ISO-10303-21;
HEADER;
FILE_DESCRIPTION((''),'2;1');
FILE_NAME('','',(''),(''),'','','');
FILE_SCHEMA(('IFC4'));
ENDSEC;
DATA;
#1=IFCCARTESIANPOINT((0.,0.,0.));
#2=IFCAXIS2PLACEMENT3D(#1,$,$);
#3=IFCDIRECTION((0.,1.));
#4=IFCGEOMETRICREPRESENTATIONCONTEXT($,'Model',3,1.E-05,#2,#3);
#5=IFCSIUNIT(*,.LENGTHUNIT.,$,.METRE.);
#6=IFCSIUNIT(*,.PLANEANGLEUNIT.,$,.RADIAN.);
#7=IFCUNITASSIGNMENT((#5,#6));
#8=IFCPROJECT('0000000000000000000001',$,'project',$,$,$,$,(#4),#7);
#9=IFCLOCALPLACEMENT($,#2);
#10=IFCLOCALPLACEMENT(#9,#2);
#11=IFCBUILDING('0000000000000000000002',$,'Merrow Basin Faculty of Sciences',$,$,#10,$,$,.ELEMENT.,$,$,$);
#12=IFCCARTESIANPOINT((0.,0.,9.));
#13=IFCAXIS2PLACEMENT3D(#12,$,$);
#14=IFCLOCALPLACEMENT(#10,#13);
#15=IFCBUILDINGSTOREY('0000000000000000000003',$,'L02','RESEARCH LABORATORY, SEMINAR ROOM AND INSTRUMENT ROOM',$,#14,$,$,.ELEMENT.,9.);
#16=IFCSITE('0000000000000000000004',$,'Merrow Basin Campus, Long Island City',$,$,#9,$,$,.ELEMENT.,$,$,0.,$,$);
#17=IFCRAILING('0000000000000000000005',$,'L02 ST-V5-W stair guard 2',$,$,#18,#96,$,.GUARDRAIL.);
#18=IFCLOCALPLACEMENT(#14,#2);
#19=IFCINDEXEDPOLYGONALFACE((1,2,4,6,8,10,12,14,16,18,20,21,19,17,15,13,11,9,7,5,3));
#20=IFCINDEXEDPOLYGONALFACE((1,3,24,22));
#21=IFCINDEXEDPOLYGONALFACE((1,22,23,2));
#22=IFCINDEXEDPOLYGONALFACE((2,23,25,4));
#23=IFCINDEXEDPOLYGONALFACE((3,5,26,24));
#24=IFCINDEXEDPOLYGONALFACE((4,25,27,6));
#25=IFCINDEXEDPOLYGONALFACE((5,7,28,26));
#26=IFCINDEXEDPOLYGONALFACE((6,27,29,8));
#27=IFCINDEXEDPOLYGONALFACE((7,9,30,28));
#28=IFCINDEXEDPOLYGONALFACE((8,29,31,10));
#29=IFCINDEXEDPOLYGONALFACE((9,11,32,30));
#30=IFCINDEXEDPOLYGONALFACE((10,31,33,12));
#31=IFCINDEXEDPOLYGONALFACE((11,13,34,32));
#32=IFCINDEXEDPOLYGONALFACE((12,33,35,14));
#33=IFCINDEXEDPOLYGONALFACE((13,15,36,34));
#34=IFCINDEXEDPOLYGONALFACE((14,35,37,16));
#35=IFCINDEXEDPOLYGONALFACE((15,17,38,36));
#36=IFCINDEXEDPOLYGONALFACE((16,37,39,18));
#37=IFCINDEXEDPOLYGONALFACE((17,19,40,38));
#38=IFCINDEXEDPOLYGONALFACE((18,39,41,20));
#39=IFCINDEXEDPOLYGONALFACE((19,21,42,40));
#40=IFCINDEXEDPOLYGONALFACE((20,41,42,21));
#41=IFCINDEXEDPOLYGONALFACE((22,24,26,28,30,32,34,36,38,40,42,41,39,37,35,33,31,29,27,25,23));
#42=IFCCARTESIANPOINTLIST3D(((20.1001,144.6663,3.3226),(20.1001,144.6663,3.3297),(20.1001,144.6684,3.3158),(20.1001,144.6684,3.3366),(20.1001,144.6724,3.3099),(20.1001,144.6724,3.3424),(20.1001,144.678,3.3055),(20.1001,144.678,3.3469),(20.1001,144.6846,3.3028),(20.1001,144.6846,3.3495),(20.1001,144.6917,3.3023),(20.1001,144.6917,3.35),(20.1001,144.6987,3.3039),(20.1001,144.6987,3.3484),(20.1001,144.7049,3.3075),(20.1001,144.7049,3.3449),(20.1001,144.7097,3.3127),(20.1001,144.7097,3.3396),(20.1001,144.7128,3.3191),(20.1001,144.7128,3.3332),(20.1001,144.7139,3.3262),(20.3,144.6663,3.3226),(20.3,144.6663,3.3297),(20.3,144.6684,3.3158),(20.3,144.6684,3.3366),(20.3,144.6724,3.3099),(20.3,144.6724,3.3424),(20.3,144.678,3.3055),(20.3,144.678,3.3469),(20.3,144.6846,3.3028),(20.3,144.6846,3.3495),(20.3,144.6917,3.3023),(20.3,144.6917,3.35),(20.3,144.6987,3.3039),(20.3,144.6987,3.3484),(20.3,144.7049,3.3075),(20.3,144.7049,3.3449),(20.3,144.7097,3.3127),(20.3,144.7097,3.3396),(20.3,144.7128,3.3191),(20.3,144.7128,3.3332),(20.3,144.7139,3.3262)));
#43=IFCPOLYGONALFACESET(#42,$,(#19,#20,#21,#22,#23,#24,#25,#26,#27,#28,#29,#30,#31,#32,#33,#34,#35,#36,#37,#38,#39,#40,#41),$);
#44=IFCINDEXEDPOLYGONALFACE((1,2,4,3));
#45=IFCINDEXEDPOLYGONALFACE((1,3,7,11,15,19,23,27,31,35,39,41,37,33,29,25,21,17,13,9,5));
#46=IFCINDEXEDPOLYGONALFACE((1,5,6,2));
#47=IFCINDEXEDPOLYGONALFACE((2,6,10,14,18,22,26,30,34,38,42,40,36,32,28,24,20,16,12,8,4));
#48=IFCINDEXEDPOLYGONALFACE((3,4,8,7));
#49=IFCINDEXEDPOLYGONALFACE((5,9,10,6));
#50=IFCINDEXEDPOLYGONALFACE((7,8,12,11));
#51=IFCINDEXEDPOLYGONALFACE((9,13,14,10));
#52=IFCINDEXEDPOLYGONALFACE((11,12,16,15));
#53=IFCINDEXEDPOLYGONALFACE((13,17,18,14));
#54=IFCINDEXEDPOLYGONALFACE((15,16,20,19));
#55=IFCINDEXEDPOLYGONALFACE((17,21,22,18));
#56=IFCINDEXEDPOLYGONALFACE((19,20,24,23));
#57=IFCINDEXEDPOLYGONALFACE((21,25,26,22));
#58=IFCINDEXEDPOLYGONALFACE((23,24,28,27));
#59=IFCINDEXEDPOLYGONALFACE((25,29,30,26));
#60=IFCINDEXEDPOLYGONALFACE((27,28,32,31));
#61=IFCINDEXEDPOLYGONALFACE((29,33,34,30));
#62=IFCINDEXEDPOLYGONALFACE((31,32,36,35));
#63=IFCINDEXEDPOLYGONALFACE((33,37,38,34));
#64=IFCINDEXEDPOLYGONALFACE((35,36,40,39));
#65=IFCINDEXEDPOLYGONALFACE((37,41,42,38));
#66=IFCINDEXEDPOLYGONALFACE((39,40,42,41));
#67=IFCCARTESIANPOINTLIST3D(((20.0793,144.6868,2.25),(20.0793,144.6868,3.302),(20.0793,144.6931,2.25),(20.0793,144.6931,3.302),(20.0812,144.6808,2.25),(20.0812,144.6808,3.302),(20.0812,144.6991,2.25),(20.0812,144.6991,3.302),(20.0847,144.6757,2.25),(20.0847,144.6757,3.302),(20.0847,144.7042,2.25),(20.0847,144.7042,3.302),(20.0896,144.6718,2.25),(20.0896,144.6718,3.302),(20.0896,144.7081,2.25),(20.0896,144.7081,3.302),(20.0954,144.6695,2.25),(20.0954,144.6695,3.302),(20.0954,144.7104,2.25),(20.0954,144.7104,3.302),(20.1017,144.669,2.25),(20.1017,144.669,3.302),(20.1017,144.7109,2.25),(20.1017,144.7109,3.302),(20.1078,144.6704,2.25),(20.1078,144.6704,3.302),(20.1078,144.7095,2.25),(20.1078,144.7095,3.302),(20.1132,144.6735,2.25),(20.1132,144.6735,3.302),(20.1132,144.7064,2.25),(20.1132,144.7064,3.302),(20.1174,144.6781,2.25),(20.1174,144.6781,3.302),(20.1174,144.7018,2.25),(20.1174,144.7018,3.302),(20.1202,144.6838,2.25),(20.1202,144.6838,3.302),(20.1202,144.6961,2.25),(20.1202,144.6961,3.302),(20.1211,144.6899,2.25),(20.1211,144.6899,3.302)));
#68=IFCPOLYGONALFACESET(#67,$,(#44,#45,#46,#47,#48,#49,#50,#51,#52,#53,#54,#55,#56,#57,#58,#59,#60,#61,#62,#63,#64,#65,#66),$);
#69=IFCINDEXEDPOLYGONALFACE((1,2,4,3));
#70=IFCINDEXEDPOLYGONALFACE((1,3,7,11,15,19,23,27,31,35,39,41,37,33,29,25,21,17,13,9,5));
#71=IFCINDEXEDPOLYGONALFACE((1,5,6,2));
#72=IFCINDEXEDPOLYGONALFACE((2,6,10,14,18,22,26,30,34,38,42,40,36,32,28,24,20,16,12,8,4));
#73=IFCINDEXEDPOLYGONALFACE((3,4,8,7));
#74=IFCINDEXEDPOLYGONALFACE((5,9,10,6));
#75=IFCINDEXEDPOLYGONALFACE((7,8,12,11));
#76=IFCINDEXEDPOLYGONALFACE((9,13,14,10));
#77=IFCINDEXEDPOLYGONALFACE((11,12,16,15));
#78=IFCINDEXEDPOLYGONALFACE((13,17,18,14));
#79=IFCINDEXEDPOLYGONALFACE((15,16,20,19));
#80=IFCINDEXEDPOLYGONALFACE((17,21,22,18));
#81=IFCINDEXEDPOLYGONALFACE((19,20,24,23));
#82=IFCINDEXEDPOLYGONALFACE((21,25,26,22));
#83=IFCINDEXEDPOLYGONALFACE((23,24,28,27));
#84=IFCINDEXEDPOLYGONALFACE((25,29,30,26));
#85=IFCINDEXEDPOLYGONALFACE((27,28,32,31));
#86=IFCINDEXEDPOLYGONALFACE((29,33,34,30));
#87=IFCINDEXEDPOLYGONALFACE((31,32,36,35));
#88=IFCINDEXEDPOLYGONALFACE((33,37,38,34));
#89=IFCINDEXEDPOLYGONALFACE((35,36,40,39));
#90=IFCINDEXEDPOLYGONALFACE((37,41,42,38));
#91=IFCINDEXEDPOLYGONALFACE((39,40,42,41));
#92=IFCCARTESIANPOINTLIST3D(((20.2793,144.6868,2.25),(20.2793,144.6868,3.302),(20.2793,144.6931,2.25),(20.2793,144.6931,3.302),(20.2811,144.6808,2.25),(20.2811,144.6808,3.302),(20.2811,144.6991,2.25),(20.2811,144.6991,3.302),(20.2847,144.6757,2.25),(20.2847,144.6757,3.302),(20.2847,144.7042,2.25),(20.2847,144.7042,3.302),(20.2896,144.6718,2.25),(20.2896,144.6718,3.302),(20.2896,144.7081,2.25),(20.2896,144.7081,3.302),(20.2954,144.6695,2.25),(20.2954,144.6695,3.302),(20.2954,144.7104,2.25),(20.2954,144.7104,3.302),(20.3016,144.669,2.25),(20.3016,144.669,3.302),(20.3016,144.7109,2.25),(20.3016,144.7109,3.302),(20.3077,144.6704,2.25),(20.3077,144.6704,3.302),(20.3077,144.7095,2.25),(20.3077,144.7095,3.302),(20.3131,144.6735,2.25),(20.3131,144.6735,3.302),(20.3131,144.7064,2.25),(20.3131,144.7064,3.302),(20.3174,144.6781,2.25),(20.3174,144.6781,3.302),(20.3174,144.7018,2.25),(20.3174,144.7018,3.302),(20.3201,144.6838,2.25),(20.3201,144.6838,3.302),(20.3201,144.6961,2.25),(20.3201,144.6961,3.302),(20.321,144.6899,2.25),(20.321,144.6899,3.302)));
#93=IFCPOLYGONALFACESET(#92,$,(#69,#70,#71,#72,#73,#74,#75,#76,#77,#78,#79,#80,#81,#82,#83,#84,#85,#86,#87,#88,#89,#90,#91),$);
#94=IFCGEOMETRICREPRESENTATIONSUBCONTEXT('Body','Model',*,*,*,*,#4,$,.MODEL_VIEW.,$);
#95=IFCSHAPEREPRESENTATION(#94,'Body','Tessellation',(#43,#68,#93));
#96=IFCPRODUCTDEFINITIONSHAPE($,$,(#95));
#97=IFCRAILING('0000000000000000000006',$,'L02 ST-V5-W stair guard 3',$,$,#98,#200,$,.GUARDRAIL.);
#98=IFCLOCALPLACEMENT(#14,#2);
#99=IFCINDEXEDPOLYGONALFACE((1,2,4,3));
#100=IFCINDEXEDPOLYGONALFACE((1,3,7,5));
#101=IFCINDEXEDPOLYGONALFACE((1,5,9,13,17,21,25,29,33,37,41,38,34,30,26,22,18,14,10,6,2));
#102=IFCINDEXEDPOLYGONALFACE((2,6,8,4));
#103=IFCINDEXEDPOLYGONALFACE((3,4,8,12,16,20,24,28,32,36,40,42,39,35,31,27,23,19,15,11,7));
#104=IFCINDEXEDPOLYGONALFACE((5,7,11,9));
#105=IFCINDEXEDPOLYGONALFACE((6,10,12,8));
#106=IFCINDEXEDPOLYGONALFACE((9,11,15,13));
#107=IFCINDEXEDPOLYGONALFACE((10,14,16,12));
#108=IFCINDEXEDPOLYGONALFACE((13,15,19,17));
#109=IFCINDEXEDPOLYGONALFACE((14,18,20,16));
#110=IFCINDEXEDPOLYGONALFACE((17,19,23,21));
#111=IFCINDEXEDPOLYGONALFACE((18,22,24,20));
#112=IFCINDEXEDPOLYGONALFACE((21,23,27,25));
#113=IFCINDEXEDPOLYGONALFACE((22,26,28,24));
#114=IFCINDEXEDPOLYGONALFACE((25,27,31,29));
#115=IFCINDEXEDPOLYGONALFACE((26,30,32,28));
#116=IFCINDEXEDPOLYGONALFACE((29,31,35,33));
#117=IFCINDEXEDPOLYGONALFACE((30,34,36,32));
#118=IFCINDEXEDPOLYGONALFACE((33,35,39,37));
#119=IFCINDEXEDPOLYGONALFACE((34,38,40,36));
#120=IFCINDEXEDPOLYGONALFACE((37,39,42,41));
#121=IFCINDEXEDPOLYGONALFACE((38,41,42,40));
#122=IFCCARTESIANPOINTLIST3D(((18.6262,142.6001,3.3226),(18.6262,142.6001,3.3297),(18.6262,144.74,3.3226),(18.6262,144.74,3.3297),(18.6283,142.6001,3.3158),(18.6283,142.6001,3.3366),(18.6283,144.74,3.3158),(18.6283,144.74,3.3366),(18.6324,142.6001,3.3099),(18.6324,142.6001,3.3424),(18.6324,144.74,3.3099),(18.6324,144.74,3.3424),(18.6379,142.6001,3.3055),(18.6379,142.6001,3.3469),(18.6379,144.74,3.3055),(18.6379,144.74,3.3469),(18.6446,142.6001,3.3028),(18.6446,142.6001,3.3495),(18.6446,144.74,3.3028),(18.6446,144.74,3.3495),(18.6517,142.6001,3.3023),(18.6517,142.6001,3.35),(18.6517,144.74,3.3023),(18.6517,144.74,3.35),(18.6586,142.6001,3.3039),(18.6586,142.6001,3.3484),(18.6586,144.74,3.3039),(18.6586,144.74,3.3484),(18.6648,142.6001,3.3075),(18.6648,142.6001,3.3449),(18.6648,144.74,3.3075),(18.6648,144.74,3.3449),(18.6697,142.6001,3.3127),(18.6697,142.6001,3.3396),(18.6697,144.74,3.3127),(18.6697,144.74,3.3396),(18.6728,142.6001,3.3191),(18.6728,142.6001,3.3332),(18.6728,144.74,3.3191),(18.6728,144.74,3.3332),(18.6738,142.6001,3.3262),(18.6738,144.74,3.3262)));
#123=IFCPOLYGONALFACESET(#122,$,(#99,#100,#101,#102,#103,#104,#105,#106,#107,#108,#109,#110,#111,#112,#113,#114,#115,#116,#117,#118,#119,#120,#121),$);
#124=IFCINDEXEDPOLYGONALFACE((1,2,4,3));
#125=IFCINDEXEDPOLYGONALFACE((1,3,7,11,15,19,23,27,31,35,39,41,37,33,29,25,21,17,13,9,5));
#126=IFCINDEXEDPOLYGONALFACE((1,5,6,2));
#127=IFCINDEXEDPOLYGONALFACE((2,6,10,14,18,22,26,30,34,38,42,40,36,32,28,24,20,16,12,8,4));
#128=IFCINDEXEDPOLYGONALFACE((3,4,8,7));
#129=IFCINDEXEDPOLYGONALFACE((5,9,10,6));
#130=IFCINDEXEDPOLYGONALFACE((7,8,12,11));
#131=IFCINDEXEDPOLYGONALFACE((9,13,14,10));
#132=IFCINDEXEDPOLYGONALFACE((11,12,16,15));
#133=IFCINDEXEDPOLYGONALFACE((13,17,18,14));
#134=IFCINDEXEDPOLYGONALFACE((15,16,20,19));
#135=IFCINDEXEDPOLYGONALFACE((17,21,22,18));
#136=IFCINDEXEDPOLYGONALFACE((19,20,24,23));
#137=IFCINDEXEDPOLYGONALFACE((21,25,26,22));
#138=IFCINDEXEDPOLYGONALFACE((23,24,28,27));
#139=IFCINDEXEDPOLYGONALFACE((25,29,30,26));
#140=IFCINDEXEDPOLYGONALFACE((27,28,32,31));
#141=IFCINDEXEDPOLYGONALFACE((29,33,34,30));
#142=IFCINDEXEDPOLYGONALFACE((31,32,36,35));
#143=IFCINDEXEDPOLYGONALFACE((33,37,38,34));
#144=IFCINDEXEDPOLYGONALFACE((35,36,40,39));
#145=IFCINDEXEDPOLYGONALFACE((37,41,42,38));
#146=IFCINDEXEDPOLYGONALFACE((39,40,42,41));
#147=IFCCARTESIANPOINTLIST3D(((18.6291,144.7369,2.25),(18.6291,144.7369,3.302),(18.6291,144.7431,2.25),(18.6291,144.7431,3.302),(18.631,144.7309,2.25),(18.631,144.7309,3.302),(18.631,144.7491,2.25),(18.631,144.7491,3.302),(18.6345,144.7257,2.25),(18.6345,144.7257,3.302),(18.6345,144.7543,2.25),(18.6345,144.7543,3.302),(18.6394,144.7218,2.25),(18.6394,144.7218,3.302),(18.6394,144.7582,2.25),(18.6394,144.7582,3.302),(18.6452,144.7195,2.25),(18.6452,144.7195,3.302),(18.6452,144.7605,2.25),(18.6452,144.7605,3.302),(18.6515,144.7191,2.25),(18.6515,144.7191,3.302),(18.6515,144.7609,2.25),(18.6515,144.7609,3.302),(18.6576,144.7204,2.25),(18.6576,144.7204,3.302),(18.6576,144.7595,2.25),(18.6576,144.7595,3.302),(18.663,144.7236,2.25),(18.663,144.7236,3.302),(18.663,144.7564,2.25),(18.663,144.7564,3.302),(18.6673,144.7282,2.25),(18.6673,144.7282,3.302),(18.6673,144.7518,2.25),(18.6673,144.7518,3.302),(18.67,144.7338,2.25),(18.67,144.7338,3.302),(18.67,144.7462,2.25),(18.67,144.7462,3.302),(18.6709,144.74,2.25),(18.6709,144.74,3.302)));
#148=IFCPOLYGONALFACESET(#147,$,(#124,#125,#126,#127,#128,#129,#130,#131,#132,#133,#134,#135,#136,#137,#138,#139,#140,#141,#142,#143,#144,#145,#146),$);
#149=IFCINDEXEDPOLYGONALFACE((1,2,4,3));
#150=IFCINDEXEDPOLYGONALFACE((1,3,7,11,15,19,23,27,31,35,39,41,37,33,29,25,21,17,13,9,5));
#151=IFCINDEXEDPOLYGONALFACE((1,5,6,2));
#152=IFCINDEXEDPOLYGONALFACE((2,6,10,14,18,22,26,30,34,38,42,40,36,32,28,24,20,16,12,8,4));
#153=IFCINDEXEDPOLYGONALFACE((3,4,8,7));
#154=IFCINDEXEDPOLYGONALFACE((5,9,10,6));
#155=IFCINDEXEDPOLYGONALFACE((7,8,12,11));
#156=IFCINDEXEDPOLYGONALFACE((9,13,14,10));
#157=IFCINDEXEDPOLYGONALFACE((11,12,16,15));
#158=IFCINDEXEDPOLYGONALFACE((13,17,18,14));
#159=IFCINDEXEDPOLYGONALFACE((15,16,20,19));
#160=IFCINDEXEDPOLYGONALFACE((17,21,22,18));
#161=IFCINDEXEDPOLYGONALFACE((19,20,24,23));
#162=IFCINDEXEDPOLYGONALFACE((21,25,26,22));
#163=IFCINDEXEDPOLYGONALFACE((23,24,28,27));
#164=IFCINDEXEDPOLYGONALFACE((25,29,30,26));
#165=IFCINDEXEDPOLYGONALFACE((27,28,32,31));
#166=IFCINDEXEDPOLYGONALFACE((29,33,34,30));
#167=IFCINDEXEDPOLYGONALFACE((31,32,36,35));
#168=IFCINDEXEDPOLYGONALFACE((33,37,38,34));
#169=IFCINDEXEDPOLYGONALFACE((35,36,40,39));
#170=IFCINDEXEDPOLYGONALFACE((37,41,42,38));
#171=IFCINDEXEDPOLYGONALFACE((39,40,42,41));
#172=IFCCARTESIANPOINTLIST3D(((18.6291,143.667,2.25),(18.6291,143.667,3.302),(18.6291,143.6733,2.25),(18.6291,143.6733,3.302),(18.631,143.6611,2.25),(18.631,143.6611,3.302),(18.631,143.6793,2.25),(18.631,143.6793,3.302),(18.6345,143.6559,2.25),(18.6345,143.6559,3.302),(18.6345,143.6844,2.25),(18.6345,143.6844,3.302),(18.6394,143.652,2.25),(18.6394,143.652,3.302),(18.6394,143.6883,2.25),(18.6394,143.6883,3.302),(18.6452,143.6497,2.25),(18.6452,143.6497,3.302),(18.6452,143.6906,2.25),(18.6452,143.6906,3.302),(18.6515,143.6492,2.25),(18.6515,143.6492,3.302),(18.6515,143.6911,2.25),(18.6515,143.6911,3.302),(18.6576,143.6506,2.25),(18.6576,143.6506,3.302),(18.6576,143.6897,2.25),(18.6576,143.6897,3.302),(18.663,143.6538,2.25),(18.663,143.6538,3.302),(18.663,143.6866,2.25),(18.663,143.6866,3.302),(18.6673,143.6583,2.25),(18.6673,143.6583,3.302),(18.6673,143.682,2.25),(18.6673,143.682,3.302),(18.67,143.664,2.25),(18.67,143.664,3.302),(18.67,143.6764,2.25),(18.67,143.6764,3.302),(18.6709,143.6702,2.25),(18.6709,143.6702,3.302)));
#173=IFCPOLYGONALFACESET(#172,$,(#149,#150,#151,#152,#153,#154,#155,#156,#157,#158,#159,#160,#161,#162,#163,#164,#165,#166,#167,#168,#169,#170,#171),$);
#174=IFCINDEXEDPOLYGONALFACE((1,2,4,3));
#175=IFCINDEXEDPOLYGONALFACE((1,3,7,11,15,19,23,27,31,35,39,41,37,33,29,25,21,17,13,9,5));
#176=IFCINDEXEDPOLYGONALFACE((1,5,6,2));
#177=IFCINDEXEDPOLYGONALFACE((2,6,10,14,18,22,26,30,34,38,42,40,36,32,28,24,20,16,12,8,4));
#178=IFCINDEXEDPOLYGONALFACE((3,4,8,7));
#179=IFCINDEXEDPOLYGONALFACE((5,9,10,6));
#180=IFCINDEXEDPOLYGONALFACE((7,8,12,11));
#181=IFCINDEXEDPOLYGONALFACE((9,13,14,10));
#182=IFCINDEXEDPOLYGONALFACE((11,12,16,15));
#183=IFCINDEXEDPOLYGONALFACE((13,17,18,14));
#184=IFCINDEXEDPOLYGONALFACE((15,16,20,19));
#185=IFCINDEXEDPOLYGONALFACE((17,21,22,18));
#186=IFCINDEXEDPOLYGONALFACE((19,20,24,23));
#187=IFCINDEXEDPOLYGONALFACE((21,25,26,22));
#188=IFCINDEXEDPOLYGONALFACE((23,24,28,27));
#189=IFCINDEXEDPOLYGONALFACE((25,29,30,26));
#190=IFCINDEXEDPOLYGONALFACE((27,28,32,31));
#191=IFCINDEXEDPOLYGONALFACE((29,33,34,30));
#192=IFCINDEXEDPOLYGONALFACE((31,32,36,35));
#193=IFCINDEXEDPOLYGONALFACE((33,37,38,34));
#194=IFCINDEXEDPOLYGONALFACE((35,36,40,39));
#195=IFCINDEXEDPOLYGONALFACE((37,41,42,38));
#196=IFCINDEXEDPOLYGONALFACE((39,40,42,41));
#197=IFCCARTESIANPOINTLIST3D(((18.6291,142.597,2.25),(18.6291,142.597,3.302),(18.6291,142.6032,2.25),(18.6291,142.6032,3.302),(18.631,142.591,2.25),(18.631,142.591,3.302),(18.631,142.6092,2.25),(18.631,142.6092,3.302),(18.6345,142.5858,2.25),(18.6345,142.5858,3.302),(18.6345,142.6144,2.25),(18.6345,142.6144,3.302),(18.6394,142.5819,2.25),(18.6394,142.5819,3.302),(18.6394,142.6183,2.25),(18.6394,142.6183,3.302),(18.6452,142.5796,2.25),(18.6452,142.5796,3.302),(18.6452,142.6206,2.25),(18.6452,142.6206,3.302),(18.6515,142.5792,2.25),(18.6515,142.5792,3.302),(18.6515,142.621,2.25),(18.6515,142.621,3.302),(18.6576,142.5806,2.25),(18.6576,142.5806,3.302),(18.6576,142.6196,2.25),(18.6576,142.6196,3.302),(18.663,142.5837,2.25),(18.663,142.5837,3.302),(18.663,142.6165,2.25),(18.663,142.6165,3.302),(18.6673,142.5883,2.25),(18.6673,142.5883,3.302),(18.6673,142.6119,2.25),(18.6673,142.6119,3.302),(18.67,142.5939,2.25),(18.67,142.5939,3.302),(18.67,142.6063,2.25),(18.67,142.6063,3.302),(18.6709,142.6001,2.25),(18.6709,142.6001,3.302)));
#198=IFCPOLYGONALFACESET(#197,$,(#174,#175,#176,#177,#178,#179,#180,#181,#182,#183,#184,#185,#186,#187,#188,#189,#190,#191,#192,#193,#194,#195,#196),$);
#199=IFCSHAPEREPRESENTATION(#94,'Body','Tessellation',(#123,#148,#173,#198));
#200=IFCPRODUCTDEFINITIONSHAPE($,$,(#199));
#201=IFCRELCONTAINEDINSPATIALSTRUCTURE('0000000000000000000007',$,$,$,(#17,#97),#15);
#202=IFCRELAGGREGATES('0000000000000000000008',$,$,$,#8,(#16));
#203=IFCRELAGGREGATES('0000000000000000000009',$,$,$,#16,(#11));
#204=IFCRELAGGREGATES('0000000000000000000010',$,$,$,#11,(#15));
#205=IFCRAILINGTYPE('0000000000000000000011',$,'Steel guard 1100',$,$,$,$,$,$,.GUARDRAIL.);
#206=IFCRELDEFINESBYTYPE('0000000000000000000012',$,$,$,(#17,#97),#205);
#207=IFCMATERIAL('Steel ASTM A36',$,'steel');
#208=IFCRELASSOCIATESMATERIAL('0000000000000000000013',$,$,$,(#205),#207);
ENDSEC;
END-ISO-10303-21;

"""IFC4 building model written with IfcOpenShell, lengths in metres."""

from ifc_helpers import new_model, si_unit, direction, frame, origin, origin_2d, place, context, subcontext, project, spatial, circle, extrude, material, type_object, element, save


model = new_model("IFC4")

# Units and contexts
model_context = context("Model", 3, precision=1e-05, world=origin(), true_north=direction((0.0, 1.0)))
body_context = subcontext(model_context, "Body", "Model", "MODEL_VIEW")
ifc_project = project(units=[si_unit("LENGTHUNIT", "METRE"), si_unit("PLANEANGLEUNIT", "RADIAN")], contexts=[model_context])

# Site, building, storey
site_placement = place(None, origin())
site = spatial("IfcSite", under=ifc_project, at=site_placement, Name="Merrow Basin Campus, Long Island City", CompositionType="ELEMENT", RefElevation=0.0)
building_placement = place(site_placement, origin())
building = spatial("IfcBuilding", under=site, at=building_placement, Name="Merrow Basin Faculty of Sciences", CompositionType="ELEMENT")
storey_placement = place(building_placement, frame((0.0, 0.0, 9.0)))
storey = spatial("IfcBuildingStorey", under=building, at=storey_placement, Name="L02", Description="RESEARCH LABORATORY, SEMINAR ROOM AND INSTRUMENT ROOM", CompositionType="ELEMENT", Elevation=9.0)

# Railings
ifc_material_1 = material(Name="Steel ASTM A36", Category="steel")
railing_type_1 = type_object("IfcRailingType", Name="Steel guard 1100", PredefinedType="GUARDRAIL", material=ifc_material_1)
railing_1_placement = place(storey_placement, frame((20.1001, 144.6899, 2.25)))
element("IfcRailing", 1, at=railing_1_placement, inside=storey, type_object=railing_type_1, Name="L02 ST-V5-W stair guard 2", PredefinedType="GUARDRAIL", context=body_context, shape_type="SweptSolid", body=[
    extrude(circle(Radius=0.0239, at=origin_2d()), frame((0.0, 0.0, 1.0762), z_axis=(1.0, 0.0, 0.0), x_axis=(0.0, 1.0, 0.0)), (0.0, 0.0, 1.0), 0.2),
    extrude(circle(Radius=0.021, at=origin_2d()), origin(), (0.0, 0.0, 1.0), 1.052),
    extrude(circle(Radius=0.021, at=origin_2d()), frame((0.2, 0.0, 0.0)), (0.0, 0.0, 1.0), 1.052),
])
railing_2_placement = place(storey_placement, frame((18.6499, 144.74, 2.25)))
element("IfcRailing", 2, at=railing_2_placement, inside=storey, type_object=railing_type_1, Name="L02 ST-V5-W stair guard 3", PredefinedType="GUARDRAIL", context=body_context, shape_type="SweptSolid", body=[
    extrude(circle(Radius=0.0239, at=origin_2d()), frame((0.0, 0.0, 1.0762), z_axis=(0.0, -1.0, 0.0), x_axis=(1.0, 0.0, 0.0)), (0.0, 0.0, 1.0), 2.1399),
    extrude(circle(Radius=0.021, at=origin_2d()), origin(), (0.0, 0.0, 1.0), 1.052),
    extrude(circle(Radius=0.021, at=origin_2d()), frame((0.0, -1.0698, 0.0)), (0.0, 0.0, 1.0), 1.052),
    extrude(circle(Radius=0.021, at=origin_2d()), frame((0.0, -2.1399, 0.0)), (0.0, 0.0, 1.0), 1.052),
])

save(model, "model.ifc")
